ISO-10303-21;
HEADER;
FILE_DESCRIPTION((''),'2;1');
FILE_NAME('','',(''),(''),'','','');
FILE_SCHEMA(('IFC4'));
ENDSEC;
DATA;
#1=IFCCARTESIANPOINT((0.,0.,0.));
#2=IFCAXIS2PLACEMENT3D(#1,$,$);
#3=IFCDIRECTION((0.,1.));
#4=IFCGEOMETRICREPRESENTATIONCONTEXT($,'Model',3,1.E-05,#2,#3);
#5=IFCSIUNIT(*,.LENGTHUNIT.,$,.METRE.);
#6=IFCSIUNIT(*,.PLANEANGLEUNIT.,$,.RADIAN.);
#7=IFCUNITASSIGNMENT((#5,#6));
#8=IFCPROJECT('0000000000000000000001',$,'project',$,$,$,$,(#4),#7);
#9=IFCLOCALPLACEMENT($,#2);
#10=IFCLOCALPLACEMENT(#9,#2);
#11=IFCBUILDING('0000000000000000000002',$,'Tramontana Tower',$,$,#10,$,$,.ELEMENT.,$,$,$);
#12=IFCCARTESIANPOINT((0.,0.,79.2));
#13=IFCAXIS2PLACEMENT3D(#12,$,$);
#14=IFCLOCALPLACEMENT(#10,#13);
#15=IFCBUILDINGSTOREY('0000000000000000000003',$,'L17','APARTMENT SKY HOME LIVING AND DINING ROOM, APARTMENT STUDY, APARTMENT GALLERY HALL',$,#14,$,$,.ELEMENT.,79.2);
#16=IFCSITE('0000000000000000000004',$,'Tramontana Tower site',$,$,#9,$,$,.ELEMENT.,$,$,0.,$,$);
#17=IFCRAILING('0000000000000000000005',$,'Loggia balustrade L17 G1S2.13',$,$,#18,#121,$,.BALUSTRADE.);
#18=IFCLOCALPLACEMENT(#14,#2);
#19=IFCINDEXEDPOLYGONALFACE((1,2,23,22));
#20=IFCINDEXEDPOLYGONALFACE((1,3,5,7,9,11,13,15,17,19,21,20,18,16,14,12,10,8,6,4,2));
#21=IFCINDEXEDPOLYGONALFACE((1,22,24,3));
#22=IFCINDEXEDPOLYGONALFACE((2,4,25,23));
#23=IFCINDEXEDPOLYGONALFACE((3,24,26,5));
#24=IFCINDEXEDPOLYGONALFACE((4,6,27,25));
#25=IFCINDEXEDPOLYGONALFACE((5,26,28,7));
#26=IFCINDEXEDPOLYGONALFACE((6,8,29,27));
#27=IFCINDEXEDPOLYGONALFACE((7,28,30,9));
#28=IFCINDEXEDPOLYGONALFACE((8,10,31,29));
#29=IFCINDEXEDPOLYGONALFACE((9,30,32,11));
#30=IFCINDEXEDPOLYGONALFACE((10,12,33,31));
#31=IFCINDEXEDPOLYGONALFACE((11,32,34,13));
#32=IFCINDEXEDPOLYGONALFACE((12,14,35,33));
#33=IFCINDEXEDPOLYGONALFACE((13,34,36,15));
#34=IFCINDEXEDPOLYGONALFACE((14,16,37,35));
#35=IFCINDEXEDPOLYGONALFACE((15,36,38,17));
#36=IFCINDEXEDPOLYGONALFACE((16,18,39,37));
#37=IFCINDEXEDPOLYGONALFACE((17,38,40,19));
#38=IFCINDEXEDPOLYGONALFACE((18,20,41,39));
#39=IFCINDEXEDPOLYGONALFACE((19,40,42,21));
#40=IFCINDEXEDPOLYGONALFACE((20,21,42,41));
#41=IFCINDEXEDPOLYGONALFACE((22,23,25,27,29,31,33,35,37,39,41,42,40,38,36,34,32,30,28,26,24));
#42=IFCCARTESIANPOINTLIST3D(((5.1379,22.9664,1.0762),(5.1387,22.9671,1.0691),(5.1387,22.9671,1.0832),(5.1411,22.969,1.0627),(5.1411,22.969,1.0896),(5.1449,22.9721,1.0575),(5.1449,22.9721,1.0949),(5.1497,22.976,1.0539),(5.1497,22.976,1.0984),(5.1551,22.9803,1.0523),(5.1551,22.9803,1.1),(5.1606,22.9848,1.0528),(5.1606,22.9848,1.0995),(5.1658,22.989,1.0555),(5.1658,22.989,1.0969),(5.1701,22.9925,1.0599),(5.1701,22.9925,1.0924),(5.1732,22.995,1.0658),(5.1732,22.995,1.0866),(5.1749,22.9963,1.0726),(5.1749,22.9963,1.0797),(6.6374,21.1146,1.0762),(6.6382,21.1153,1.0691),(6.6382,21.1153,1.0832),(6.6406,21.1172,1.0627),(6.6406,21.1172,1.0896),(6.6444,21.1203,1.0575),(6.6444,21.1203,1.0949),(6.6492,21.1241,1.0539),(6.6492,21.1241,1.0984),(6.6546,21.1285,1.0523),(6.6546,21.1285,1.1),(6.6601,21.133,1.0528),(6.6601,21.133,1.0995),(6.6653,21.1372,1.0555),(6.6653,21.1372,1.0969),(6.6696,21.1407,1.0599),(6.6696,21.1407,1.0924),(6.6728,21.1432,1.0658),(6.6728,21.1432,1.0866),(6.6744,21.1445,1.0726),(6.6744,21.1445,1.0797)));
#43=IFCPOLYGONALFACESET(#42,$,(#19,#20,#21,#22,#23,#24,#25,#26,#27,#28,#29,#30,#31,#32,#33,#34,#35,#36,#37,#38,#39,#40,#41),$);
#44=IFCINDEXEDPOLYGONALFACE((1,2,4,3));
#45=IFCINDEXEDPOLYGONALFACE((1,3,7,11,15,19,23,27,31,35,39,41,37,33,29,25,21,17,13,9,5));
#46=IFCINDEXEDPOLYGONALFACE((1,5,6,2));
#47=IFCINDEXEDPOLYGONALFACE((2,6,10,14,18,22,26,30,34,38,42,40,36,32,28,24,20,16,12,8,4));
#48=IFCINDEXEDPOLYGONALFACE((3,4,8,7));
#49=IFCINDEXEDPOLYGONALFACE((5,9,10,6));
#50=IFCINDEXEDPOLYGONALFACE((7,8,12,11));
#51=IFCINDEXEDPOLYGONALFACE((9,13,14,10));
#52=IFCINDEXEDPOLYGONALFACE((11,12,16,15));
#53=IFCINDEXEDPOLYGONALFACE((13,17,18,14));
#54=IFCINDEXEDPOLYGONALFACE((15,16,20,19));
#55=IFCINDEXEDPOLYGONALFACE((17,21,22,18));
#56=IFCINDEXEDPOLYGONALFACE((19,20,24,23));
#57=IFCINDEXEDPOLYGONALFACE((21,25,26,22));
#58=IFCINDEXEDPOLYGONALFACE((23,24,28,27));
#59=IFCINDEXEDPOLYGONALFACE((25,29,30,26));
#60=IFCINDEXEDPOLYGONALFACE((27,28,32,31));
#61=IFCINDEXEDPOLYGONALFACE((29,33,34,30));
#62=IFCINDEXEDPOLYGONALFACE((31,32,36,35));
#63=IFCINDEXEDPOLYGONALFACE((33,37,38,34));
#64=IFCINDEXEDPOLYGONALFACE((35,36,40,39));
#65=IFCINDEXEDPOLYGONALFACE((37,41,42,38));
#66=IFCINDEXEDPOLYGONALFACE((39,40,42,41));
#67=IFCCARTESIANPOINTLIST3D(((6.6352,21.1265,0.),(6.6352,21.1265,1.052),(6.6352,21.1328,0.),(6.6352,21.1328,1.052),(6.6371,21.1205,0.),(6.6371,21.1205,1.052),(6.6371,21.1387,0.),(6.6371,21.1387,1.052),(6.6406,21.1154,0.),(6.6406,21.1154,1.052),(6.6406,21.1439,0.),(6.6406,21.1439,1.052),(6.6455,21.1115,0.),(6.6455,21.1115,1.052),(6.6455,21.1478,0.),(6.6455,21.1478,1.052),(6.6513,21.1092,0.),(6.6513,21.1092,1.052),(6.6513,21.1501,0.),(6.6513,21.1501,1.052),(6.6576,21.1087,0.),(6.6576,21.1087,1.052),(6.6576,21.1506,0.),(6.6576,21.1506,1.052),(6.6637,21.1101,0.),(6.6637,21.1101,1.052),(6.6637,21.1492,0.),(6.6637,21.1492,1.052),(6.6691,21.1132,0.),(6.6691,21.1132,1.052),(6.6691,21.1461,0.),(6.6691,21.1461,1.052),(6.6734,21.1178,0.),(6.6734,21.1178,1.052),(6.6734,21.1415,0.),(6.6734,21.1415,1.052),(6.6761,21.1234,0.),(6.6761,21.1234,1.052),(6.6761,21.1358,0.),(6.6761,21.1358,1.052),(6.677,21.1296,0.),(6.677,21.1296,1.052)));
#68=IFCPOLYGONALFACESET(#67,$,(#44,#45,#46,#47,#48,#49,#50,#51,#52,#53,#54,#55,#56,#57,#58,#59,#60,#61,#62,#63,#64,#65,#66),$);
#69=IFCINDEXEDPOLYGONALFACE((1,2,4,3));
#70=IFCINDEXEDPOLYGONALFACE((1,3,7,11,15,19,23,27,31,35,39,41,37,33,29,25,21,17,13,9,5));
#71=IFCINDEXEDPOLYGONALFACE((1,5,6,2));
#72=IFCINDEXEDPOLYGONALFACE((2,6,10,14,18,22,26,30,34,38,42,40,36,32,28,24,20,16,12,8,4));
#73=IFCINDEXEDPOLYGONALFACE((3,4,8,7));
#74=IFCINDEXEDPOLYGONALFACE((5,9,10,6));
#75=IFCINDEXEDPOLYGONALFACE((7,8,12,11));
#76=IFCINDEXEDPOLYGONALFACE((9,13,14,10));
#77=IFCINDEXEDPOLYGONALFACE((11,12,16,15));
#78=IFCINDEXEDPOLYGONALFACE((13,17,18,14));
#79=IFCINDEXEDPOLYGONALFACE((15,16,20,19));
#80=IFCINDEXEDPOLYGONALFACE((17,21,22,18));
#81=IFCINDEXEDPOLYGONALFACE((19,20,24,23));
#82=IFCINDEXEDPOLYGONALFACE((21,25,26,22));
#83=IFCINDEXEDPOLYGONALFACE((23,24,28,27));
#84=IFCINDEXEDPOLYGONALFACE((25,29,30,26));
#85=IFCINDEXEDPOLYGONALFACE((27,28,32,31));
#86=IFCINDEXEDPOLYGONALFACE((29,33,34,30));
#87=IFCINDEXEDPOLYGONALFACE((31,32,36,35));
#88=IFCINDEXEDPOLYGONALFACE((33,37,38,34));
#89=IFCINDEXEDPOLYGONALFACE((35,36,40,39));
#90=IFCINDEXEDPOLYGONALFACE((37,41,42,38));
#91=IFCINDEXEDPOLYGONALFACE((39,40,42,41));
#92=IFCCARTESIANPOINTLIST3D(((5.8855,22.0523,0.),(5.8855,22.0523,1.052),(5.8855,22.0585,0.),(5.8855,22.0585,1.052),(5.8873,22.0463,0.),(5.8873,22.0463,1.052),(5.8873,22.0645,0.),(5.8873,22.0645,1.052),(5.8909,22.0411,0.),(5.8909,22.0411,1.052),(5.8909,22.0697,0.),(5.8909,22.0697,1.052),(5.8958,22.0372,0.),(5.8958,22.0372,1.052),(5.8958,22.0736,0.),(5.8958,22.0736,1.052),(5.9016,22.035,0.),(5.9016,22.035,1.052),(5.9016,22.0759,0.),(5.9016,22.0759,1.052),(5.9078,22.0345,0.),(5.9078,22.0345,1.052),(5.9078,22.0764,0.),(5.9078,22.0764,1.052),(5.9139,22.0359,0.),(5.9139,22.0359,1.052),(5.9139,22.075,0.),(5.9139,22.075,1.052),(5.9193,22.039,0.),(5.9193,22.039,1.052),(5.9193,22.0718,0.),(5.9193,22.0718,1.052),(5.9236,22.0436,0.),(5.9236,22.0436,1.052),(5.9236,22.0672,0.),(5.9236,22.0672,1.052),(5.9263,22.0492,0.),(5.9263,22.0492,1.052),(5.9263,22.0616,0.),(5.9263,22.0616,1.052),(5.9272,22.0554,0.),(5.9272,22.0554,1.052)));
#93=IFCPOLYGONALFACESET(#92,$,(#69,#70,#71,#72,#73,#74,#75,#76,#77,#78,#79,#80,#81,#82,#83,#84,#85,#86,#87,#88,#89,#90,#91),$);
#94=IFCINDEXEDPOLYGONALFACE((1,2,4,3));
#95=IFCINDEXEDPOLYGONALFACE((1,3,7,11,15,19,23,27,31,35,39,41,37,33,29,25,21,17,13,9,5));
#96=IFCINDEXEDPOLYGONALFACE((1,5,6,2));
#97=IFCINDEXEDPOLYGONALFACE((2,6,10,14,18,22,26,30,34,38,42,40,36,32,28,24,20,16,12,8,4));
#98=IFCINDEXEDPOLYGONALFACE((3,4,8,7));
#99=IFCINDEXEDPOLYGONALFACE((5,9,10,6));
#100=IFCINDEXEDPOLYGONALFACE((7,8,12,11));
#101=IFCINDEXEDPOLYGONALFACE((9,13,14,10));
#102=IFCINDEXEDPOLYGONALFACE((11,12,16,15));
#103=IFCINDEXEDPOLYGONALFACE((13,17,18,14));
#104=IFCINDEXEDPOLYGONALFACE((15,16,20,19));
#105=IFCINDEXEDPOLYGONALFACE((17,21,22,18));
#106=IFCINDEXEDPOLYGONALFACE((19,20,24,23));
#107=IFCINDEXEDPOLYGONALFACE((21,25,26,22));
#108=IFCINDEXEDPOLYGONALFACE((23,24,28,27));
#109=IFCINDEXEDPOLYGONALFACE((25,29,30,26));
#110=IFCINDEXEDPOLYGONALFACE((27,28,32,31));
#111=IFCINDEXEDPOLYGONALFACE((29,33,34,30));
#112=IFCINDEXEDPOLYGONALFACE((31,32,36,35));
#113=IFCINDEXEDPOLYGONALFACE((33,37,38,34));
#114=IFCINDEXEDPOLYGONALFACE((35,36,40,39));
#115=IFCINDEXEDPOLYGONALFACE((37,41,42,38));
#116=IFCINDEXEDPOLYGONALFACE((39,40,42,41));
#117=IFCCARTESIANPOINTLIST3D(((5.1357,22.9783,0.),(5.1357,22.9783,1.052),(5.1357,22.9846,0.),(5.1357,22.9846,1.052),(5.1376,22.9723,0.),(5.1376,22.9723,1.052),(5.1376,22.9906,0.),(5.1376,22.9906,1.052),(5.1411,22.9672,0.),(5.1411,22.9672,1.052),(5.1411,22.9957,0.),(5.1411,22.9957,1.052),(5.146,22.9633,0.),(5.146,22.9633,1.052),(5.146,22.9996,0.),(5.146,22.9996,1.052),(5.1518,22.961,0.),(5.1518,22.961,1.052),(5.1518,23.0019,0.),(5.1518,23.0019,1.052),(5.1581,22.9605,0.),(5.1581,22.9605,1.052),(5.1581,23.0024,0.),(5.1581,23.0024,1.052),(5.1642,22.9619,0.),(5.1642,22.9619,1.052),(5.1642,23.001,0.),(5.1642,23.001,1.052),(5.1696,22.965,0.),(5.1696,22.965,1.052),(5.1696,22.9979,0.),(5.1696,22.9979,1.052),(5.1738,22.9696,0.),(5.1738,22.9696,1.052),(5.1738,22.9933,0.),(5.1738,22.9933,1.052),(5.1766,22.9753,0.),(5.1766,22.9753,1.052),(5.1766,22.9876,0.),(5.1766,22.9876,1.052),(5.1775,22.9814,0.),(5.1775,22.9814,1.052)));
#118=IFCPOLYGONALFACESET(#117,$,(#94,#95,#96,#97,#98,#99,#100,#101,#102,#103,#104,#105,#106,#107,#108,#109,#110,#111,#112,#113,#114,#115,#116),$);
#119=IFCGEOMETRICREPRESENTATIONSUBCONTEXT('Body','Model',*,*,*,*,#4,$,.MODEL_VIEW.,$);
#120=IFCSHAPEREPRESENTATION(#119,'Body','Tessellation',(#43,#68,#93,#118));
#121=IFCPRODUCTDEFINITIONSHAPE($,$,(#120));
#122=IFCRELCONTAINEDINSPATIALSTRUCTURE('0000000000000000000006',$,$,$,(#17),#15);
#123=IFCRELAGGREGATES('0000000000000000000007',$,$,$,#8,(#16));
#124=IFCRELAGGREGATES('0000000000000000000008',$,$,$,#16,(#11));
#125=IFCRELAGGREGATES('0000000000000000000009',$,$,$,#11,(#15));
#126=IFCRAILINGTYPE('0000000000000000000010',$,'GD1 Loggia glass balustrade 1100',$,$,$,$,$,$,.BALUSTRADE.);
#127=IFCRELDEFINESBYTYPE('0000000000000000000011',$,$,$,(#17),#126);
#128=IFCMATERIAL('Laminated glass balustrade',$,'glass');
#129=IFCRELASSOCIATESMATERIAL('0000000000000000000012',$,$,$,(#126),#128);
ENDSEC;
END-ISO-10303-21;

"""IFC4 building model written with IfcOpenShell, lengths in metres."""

from ifc_helpers import new_model, si_unit, direction, frame, origin, origin_2d, place, context, subcontext, project, spatial, circle, extrude, material, type_object, element, save


model = new_model("IFC4")

# Units and contexts
model_context = context("Model", 3, precision=1e-05, world=origin(), true_north=direction((0.0, 1.0)))
body_context = subcontext(model_context, "Body", "Model", "MODEL_VIEW")
ifc_project = project(units=[si_unit("LENGTHUNIT", "METRE"), si_unit("PLANEANGLEUNIT", "RADIAN")], contexts=[model_context])

# Site, building, storey
site_placement = place(None, origin())
site = spatial("IfcSite", under=ifc_project, at=site_placement, Name="Tramontana Tower site", CompositionType="ELEMENT", RefElevation=0.0)
building_placement = place(site_placement, origin())
building = spatial("IfcBuilding", under=site, at=building_placement, Name="Tramontana Tower", CompositionType="ELEMENT")
storey_placement = place(building_placement, frame((0.0, 0.0, 79.2)))
storey = spatial("IfcBuildingStorey", under=building, at=storey_placement, Name="L17", Description="APARTMENT SKY HOME LIVING AND DINING ROOM, APARTMENT STUDY, APARTMENT GALLERY HALL", CompositionType="ELEMENT", Elevation=79.2)

# Railing
ifc_material_1 = material(Name="Laminated glass balustrade", Category="glass")
railing_type = type_object("IfcRailingType", Name="GD1 Loggia glass balustrade 1100", PredefinedType="BALUSTRADE", material=ifc_material_1)
railing_1_placement = place(storey_placement, frame((6.656, 21.1296, 0.0)))
element("IfcRailing", 1, at=railing_1_placement, inside=storey, type_object=railing_type, Name="Loggia balustrade L17 G1S2.13", PredefinedType="BALUSTRADE", context=body_context, shape_type="SweptSolid", body=[
    extrude(circle(Radius=0.0239, at=origin_2d()), frame((0.0, 0.0, 1.0762), z_axis=(-0.629307, 0.777157, 0.0), x_axis=(-0.777157, -0.629307, 0.0)), (0.0, 0.0, 1.0), 2.3828),
    extrude(circle(Radius=0.021, at=origin_2d()), origin(), (0.0, 0.0, 1.0), 1.052),
    extrude(circle(Radius=0.021, at=origin_2d()), frame((-0.7498, 0.9258, 0.0)), (0.0, 0.0, 1.0), 1.052),
    extrude(circle(Radius=0.021, at=origin_2d()), frame((-1.4995, 1.8518, 0.0)), (0.0, 0.0, 1.0), 1.052),
])

save(model, "model.ifc")
